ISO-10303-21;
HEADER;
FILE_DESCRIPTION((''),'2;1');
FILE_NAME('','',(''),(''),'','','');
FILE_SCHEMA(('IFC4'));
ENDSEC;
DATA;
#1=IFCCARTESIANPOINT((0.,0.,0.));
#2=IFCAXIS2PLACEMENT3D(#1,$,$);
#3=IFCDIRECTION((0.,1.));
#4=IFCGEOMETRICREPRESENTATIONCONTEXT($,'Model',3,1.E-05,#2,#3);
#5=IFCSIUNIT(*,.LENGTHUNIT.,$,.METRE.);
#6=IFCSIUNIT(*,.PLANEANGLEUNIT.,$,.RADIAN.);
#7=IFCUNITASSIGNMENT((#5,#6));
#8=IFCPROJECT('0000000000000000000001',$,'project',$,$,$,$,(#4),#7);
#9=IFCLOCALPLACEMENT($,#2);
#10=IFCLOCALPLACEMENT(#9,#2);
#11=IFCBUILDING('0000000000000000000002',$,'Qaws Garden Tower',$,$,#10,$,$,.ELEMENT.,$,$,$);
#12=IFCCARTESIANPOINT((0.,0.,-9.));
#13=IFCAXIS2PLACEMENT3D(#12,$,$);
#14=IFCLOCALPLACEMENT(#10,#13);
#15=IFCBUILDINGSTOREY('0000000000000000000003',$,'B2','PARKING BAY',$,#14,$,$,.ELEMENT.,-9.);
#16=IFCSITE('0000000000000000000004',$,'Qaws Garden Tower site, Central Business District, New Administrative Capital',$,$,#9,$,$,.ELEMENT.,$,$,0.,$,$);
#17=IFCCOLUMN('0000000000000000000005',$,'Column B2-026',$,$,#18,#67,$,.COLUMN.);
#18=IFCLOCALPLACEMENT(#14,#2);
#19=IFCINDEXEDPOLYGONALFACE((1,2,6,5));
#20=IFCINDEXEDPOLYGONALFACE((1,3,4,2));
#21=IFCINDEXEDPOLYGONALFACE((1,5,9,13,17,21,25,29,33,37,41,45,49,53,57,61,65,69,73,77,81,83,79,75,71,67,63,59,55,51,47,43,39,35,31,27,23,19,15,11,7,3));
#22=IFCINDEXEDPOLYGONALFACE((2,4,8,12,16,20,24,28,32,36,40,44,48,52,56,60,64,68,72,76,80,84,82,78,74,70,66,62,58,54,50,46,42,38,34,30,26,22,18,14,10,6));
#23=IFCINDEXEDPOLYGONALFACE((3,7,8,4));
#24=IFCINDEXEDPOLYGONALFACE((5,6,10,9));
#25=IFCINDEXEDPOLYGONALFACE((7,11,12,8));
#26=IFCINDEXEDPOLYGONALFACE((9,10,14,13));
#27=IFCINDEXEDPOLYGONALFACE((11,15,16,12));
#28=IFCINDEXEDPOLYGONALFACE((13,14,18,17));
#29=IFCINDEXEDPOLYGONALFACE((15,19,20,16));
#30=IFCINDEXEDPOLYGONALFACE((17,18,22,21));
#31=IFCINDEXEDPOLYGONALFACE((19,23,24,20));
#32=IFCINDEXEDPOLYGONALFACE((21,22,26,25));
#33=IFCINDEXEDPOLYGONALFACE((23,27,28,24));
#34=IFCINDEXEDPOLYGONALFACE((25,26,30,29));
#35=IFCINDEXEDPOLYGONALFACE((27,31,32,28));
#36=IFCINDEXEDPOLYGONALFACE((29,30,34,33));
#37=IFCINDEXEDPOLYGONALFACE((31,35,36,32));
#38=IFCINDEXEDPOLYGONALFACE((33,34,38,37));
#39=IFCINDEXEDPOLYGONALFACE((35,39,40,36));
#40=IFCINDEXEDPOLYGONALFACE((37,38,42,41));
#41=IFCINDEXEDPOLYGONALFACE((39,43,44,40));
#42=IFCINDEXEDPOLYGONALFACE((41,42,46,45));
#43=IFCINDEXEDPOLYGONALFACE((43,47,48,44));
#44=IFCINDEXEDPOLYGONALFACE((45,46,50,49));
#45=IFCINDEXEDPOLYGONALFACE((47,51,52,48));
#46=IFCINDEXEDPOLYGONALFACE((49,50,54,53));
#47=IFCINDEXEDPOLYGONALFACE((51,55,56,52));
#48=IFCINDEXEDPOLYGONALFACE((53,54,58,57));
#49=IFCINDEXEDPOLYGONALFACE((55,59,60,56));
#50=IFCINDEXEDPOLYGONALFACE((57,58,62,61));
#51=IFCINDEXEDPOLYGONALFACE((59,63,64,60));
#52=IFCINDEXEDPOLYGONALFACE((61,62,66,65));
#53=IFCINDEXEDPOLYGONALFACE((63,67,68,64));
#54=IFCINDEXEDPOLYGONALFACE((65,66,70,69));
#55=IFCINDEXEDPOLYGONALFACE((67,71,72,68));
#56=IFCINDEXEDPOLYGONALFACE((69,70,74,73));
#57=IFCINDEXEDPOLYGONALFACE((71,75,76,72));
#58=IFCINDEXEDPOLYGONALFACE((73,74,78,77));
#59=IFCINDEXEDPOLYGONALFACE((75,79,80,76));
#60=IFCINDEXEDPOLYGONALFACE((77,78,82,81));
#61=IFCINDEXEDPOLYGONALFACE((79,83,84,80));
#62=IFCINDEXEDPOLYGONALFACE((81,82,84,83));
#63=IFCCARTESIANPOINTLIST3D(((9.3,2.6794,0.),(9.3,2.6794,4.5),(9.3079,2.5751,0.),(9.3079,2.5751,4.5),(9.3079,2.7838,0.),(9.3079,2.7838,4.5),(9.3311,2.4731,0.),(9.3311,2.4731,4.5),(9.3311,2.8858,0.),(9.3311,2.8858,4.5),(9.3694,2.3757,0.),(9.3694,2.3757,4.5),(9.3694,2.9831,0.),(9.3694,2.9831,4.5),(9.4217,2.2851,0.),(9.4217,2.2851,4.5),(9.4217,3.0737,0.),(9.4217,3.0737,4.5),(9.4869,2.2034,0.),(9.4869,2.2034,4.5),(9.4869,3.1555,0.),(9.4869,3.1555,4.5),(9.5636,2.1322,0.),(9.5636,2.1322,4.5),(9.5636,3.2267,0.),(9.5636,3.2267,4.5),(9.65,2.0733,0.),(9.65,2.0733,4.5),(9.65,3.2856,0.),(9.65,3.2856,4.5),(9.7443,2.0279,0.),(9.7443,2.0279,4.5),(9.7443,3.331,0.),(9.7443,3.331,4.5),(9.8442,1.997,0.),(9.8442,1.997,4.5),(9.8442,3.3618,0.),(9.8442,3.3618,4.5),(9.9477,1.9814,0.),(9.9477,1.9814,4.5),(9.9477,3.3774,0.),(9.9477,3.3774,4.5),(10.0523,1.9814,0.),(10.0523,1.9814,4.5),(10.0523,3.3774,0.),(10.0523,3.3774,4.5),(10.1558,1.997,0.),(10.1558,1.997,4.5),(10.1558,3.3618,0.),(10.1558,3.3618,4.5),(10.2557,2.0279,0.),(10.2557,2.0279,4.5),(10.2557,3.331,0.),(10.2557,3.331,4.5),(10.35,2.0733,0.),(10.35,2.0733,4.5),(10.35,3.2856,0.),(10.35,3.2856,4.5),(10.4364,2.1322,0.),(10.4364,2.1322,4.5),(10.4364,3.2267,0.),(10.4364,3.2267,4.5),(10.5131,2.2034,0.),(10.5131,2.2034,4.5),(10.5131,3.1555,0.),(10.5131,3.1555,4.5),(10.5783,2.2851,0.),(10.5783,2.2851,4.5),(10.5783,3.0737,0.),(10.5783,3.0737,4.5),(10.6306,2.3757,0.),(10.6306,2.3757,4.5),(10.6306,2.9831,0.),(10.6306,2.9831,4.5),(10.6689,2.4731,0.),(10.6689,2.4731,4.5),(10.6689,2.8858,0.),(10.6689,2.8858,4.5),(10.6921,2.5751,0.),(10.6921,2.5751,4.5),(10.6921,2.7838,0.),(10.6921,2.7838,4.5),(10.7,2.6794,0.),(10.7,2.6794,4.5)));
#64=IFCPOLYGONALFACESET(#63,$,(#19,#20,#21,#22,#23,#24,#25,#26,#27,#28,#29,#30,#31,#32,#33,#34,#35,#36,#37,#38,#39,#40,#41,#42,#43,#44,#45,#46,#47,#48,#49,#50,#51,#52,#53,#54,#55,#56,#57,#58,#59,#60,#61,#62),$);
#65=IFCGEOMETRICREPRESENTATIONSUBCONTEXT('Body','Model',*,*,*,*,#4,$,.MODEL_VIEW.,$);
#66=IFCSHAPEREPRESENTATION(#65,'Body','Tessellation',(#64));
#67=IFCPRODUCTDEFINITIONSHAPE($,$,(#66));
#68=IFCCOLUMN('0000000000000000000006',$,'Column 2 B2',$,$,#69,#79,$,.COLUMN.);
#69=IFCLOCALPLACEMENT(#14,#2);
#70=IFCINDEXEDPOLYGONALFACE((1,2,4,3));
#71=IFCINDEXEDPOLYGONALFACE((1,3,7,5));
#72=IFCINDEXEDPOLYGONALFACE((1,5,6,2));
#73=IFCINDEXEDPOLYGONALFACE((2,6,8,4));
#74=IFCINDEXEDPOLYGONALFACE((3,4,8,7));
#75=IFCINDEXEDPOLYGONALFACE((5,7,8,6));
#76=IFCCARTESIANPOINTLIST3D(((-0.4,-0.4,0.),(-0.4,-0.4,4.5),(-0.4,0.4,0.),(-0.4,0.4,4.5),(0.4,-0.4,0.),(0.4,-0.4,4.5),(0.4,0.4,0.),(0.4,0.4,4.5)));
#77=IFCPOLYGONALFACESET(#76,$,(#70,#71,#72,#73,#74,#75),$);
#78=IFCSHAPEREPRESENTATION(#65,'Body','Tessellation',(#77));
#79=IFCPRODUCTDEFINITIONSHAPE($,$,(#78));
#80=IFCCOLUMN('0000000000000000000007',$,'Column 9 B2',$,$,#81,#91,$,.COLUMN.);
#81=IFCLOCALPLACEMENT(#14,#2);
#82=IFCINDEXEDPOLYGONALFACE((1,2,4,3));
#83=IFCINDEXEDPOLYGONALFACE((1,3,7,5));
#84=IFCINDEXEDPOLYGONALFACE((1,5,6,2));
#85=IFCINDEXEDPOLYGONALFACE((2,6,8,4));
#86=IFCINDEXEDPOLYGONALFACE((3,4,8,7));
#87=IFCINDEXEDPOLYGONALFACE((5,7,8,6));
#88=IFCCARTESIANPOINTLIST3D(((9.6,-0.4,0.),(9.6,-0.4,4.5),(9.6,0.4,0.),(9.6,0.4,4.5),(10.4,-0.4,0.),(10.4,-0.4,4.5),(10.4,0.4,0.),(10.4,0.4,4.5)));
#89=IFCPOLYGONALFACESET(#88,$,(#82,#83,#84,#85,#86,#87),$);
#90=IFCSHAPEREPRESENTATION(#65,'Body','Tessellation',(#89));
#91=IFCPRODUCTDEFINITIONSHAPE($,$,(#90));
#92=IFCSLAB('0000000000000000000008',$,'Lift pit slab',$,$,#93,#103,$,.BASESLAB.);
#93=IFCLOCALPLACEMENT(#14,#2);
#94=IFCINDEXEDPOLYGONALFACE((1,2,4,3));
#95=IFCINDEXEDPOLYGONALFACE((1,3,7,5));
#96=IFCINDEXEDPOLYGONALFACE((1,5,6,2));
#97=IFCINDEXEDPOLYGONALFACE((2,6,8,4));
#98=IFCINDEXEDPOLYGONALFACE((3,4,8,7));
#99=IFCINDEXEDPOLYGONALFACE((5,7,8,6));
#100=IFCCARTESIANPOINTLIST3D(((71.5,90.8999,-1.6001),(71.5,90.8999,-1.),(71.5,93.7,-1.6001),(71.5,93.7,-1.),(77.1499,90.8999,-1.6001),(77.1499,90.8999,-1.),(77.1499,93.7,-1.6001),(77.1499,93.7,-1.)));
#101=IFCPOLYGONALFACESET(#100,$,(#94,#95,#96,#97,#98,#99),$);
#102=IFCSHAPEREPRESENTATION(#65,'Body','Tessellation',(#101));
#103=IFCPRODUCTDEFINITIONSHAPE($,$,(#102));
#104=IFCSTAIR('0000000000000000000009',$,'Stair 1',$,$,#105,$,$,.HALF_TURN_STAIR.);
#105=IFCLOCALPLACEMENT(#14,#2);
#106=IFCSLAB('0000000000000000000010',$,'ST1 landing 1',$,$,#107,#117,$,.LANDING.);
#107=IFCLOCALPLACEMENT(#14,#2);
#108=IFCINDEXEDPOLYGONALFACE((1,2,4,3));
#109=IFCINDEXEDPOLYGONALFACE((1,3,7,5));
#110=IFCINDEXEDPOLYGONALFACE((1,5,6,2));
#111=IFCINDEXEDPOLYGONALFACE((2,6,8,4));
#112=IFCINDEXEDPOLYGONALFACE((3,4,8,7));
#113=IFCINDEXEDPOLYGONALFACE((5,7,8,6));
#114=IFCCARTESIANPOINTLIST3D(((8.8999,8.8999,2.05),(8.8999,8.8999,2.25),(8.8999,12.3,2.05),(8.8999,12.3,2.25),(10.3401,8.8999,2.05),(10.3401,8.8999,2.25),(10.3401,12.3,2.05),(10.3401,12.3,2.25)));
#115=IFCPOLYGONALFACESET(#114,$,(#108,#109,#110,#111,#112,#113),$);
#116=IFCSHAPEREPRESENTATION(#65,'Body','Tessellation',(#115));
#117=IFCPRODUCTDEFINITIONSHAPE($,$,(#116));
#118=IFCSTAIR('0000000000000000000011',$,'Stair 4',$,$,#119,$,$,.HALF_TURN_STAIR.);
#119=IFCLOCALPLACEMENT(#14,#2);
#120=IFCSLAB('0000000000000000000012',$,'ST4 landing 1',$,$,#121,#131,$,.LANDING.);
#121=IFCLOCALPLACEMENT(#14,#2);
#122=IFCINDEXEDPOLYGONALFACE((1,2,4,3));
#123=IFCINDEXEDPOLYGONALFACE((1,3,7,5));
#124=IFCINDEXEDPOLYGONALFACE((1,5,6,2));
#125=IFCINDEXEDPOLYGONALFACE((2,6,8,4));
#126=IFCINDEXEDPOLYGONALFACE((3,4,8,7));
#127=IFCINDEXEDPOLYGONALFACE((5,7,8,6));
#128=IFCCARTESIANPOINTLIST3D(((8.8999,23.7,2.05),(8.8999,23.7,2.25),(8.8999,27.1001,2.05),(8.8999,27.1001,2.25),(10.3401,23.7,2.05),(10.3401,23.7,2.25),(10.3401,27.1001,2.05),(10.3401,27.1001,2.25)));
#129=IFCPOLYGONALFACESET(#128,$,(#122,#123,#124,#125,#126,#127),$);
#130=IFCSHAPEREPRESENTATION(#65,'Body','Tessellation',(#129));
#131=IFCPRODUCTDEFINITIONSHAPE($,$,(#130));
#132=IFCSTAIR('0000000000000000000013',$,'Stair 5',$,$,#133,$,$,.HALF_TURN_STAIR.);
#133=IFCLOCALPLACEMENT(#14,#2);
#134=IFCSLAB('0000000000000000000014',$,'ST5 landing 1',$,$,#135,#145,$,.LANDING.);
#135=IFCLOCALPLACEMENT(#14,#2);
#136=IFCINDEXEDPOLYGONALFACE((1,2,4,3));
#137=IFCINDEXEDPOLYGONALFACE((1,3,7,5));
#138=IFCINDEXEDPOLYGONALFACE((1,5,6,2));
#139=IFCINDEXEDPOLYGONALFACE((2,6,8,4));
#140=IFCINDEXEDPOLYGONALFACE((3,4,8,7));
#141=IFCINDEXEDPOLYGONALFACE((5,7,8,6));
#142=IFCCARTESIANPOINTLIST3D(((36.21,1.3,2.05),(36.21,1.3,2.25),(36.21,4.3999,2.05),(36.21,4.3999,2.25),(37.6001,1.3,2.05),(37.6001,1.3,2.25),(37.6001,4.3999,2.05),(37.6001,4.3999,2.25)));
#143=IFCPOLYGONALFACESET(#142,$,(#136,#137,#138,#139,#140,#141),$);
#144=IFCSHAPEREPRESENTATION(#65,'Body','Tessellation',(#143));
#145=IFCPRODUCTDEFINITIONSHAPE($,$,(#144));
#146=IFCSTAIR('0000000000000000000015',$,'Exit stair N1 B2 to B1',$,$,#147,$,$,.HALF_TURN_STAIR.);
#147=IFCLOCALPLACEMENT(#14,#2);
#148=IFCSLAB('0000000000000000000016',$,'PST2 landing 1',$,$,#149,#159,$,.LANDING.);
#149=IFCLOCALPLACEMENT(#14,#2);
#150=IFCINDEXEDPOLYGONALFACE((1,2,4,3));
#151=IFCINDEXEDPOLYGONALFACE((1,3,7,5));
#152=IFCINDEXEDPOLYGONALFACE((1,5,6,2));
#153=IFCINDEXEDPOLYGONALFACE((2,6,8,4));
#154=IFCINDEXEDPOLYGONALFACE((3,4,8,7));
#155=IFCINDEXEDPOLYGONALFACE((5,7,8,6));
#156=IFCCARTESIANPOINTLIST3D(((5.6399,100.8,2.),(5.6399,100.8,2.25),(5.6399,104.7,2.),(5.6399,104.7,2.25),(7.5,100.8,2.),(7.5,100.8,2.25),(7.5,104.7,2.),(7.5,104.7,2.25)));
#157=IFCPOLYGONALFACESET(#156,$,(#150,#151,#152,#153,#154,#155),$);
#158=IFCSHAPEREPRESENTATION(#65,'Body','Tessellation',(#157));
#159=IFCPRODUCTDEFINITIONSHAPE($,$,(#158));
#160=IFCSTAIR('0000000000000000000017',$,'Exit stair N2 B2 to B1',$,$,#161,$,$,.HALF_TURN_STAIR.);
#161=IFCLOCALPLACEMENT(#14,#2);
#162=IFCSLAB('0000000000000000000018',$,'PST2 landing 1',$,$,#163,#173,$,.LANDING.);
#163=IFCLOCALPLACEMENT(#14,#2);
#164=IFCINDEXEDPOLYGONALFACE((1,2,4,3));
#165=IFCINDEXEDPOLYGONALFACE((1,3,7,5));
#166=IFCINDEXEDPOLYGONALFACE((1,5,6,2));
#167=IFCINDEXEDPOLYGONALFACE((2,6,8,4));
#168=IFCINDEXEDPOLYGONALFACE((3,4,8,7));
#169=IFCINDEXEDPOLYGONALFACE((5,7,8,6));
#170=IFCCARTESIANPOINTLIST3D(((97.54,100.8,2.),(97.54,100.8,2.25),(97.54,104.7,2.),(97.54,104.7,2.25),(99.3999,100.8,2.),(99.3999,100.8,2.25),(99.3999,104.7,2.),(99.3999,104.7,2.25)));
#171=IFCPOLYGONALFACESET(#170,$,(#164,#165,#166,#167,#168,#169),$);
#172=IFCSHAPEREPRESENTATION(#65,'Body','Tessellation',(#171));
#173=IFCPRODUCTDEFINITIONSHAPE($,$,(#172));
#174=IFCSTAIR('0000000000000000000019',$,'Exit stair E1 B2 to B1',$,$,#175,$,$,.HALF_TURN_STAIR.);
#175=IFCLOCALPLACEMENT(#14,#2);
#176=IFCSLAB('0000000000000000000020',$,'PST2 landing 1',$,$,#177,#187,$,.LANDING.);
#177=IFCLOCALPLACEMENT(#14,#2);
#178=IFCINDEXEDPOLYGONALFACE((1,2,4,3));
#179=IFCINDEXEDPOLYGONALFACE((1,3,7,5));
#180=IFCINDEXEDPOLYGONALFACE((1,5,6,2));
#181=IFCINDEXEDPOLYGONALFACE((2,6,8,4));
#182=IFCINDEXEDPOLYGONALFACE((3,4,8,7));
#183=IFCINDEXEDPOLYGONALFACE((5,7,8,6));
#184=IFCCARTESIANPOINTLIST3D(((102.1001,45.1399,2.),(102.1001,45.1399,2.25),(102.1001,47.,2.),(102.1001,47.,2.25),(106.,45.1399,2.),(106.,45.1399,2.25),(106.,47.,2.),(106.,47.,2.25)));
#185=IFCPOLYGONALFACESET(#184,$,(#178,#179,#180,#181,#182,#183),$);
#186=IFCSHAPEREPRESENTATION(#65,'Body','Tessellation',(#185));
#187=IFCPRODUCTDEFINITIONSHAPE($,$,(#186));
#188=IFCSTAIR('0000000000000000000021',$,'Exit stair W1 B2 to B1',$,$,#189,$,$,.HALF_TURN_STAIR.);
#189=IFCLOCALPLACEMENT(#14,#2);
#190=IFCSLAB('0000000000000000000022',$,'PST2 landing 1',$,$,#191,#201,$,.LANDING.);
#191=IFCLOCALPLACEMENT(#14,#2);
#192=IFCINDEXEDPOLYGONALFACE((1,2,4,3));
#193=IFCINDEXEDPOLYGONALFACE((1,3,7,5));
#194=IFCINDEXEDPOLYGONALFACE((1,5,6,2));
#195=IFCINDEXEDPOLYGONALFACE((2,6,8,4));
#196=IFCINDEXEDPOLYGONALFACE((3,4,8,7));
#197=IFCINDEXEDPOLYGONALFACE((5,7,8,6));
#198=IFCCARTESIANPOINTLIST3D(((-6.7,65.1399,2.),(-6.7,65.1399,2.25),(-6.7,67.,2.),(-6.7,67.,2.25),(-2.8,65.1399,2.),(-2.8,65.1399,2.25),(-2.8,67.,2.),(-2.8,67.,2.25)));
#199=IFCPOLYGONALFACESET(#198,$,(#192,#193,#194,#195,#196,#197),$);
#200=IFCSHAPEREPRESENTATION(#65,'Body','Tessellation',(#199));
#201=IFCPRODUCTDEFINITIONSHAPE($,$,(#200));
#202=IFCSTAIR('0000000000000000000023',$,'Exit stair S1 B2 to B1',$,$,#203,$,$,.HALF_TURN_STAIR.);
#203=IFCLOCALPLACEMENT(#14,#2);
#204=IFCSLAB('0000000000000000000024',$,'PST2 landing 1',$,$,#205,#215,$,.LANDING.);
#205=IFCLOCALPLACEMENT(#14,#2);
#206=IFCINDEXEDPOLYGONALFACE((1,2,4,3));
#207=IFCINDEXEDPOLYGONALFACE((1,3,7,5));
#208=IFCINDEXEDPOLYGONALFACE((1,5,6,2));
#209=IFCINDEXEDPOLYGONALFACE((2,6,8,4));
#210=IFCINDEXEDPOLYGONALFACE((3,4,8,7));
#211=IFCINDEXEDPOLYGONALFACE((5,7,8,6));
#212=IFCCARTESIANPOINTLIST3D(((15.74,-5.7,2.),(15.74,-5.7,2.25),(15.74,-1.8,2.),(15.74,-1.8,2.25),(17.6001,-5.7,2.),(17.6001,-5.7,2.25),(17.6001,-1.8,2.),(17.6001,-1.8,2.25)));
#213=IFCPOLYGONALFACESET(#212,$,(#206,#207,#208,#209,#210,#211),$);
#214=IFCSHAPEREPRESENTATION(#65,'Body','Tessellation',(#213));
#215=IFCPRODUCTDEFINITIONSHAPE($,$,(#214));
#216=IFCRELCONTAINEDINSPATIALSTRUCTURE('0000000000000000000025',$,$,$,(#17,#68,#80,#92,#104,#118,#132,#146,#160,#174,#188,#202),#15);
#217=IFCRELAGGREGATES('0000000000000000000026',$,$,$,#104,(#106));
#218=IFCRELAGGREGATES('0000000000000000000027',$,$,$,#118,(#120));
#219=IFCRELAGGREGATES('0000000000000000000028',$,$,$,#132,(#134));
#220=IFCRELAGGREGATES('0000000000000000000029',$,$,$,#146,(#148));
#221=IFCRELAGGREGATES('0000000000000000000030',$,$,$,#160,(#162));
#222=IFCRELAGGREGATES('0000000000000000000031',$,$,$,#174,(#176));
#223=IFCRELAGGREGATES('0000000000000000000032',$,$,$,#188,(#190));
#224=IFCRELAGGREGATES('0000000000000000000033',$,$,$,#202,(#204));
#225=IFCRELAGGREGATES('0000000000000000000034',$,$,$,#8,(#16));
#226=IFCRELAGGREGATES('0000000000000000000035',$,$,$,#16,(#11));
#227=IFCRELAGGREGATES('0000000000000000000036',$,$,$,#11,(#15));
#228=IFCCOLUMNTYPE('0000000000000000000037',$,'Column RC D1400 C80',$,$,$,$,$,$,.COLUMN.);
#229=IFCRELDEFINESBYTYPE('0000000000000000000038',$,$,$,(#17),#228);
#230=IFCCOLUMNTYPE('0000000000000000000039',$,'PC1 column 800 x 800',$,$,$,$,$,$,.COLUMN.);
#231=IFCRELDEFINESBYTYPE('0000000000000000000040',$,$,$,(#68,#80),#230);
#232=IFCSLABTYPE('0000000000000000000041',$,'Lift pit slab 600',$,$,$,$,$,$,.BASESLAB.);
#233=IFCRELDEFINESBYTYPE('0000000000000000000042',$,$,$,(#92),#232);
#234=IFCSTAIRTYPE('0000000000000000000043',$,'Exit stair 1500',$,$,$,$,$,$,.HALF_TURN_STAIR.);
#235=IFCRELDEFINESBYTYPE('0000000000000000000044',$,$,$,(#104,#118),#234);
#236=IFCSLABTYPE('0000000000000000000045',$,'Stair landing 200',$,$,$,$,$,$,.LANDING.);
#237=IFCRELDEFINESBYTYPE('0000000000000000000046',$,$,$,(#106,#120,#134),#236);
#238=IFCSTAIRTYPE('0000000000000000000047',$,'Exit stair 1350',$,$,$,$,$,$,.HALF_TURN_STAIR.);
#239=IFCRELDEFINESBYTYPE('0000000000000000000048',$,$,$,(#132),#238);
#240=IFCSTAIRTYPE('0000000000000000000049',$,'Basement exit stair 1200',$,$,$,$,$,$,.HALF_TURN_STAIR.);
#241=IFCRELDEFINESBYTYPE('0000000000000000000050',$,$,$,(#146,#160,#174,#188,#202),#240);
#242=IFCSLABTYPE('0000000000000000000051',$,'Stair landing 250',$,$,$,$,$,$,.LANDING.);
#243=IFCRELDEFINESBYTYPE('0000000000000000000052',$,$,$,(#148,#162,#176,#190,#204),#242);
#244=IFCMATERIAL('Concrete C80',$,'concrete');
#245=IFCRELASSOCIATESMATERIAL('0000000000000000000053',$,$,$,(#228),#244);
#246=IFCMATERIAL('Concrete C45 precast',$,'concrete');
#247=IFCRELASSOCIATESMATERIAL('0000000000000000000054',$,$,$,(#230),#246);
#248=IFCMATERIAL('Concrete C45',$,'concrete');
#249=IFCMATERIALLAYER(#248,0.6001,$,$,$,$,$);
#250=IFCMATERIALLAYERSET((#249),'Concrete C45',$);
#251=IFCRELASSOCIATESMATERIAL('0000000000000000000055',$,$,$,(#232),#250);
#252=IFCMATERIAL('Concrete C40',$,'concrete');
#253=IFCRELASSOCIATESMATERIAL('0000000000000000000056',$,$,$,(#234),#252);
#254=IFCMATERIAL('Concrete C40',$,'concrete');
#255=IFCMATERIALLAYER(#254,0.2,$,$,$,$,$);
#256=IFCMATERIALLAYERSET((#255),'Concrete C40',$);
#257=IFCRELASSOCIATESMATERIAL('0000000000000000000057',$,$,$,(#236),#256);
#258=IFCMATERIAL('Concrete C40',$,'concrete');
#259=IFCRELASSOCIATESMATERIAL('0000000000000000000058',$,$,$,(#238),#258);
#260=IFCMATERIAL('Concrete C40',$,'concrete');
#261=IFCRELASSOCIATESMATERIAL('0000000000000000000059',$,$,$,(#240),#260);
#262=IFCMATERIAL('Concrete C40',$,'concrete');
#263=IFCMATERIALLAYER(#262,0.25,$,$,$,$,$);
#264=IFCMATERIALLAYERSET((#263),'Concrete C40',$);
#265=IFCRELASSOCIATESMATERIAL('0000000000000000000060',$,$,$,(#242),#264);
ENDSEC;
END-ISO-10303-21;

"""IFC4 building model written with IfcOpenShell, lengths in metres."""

from ifc_helpers import new_model, si_unit, direction, frame, origin, origin_2d, place, context, subcontext, project, spatial, polyline, rectangle, circle, outline, extrude, material, layer, layer_set, material_profile, profile_set, type_object, element, aggregate, save


model = new_model("IFC4")

# Units and contexts
model_context = context("Model", 3, precision=1e-05, world=origin(), true_north=direction((0.0, 1.0)))
body_context = subcontext(model_context, "Body", "Model", "MODEL_VIEW")
ifc_project = project(units=[si_unit("LENGTHUNIT", "METRE"), si_unit("PLANEANGLEUNIT", "RADIAN")], contexts=[model_context])

# Site, building, storey
site_placement = place(None, origin())
site = spatial("IfcSite", under=ifc_project, at=site_placement, Name="Qaws Garden Tower site, Central Business District, New Administrative Capital", CompositionType="ELEMENT", RefElevation=0.0)
building_placement = place(site_placement, origin())
building = spatial("IfcBuilding", under=site, at=building_placement, Name="Qaws Garden Tower", CompositionType="ELEMENT")
storey_placement = place(building_placement, frame((0.0, 0.0, -9.0)))
storey = spatial("IfcBuildingStorey", under=building, at=storey_placement, Name="B2", Description="PARKING BAY", CompositionType="ELEMENT", Elevation=-9.0)

# Columns
ifc_material_1 = material(Name="Concrete C80", Category="concrete")
ifc_material_profile_1 = material_profile(ifc_material_1, circle(Radius=0.7, at=origin_2d()), Name="RC D1400")
ifc_profile_set_1 = profile_set([ifc_material_profile_1], Name="Concrete C80")
column_type_1 = type_object("IfcColumnType", Name="Column RC D1400 C80", PredefinedType="COLUMN", material=ifc_profile_set_1)
column_placement = place(storey_placement, frame((10.0, 2.6794, 0.0), z_axis=(0.0, 0.0, 1.0), x_axis=(1.0, 0.0, 0.0)))
element("IfcColumn", 1, at=column_placement, inside=storey, type_object=column_type_1, Name="Column B2-026", PredefinedType="COLUMN", context=body_context, shape_type="SweptSolid", body=[
    extrude(circle(Radius=0.7, at=origin_2d()), origin(), (0.0, 0.0, 1.0), 4.5),
])
ifc_material_2 = material(Name="Concrete C45 precast", Category="concrete")
ifc_material_profile_2 = material_profile(ifc_material_2, rectangle(XDim=0.8, YDim=0.8, at=origin_2d()), Name="PC1 column 800 x 800")
ifc_profile_set_2 = profile_set([ifc_material_profile_2], Name="Concrete C45 precast")
column_type_2 = type_object("IfcColumnType", Name="PC1 column 800 x 800", PredefinedType="COLUMN", material=ifc_profile_set_2)
for number, where, z_axis, x_axis, name in (
    (2, (0.0, 0.0, 0.0), (0.0, 0.0, 1.0), (1.0, 0.0, 0.0), "Column 2 B2"),
    (3, (10.0, 0.0, 0.0), (0.0, 0.0, 1.0), (1.0, 0.0, 0.0), "Column 9 B2"),
):
    element("IfcColumn", number, at=place(storey_placement, frame(where, z_axis=z_axis, x_axis=x_axis)), inside=storey, type_object=column_type_2, Name=name, PredefinedType="COLUMN", context=body_context, shape_type="SweptSolid", body=[
        extrude(rectangle(XDim=0.8, YDim=0.8, at=origin_2d()), origin(), (0.0, 0.0, 1.0), 4.5),
    ])

# Slab
ifc_material_3 = material(Name="Concrete C45", Category="concrete")
ifc_layer_1 = layer(ifc_material_3, 0.6001)
ifc_layer_set_1 = layer_set([ifc_layer_1], Name="Concrete C45")
slab_type_1 = type_object("IfcSlabType", Name="Lift pit slab 600", PredefinedType="BASESLAB", material=ifc_layer_set_1)
slab_1_placement = place(storey_placement, frame((0.0, 0.0, -1.6001)))
element("IfcSlab", 4, at=slab_1_placement, inside=storey, type_object=slab_type_1, Name="Lift pit slab", PredefinedType="BASESLAB", context=body_context, shape_type="SweptSolid", body=[
    extrude(outline(polyline([(71.5, 90.8999), (77.1499, 90.8999), (77.1499, 93.7), (71.5, 93.7), (71.5, 90.8999)])), origin(), (0.0, 0.0, 1.0), 0.6001),
])

# Stairs, slabs
ifc_material_4 = material(Name="Concrete C40", Category="concrete")
stair_type_1 = type_object("IfcStairType", Name="Exit stair 1500", PredefinedType="HALF_TURN_STAIR", material=ifc_material_4)
placement_1 = place(storey_placement, origin())
stair_1 = element("IfcStair", 5, at=placement_1, inside=storey, type_object=stair_type_1, Name="Stair 1", PredefinedType="HALF_TURN_STAIR")
ifc_material_5 = material(Name="Concrete C40", Category="concrete")
ifc_layer_2 = layer(ifc_material_5, 0.2)
ifc_layer_set_2 = layer_set([ifc_layer_2], Name="Concrete C40")
slab_type_2 = type_object("IfcSlabType", Name="Stair landing 200", PredefinedType="LANDING", material=ifc_layer_set_2)
placement_2 = place(storey_placement, frame((0.0, 0.0, 2.05)))
slab_2 = element("IfcSlab", 6, at=placement_2, type_object=slab_type_2, Name="ST1 landing 1", PredefinedType="LANDING", context=body_context, shape_type="SweptSolid", body=[
    extrude(outline(polyline([(8.8999, 8.8999), (10.3401, 8.8999), (10.3401, 12.3), (8.8999, 12.3), (8.8999, 8.8999)])), origin(), (0.0, 0.0, 1.0), 0.2),
])
aggregate(stair_1, [slab_2])
stair_2 = element("IfcStair", 7, at=placement_1, inside=storey, type_object=stair_type_1, Name="Stair 4", PredefinedType="HALF_TURN_STAIR")
slab_3 = element("IfcSlab", 8, at=placement_2, type_object=slab_type_2, Name="ST4 landing 1", PredefinedType="LANDING", context=body_context, shape_type="SweptSolid", body=[
    extrude(outline(polyline([(8.8999, 23.7), (10.3401, 23.7), (10.3401, 27.1001), (8.8999, 27.1001), (8.8999, 23.7)])), origin(), (0.0, 0.0, 1.0), 0.2),
])
aggregate(stair_2, [slab_3])
ifc_material_6 = material(Name="Concrete C40", Category="concrete")
stair_type_2 = type_object("IfcStairType", Name="Exit stair 1350", PredefinedType="HALF_TURN_STAIR", material=ifc_material_6)
stair_3 = element("IfcStair", 9, at=placement_1, inside=storey, type_object=stair_type_2, Name="Stair 5", PredefinedType="HALF_TURN_STAIR")
slab_4 = element("IfcSlab", 10, at=placement_2, type_object=slab_type_2, Name="ST5 landing 1", PredefinedType="LANDING", context=body_context, shape_type="SweptSolid", body=[
    extrude(outline(polyline([(36.21, 1.3), (37.6001, 1.3), (37.6001, 4.3999), (36.21, 4.3999), (36.21, 1.3)])), origin(), (0.0, 0.0, 1.0), 0.2),
])
aggregate(stair_3, [slab_4])
ifc_material_7 = material(Name="Concrete C40", Category="concrete")
stair_type_3 = type_object("IfcStairType", Name="Basement exit stair 1200", PredefinedType="HALF_TURN_STAIR", material=ifc_material_7)
stair_4 = element("IfcStair", 11, at=placement_1, inside=storey, type_object=stair_type_3, Name="Exit stair N1 B2 to B1", PredefinedType="HALF_TURN_STAIR")
ifc_material_8 = material(Name="Concrete C40", Category="concrete")
ifc_layer_3 = layer(ifc_material_8, 0.25)
ifc_layer_set_3 = layer_set([ifc_layer_3], Name="Concrete C40")
slab_type_3 = type_object("IfcSlabType", Name="Stair landing 250", PredefinedType="LANDING", material=ifc_layer_set_3)
placement_3 = place(storey_placement, frame((0.0, 0.0, 2.0)))
slab_5 = element("IfcSlab", 12, at=placement_3, type_object=slab_type_3, Name="PST2 landing 1", PredefinedType="LANDING", context=body_context, shape_type="SweptSolid", body=[
    extrude(outline(polyline([(5.6399, 100.8), (7.5, 100.8), (7.5, 104.7), (5.6399, 104.7), (5.6399, 100.8)])), origin(), (0.0, 0.0, 1.0), 0.25),
])
aggregate(stair_4, [slab_5])
stair_5 = element("IfcStair", 13, at=placement_1, inside=storey, type_object=stair_type_3, Name="Exit stair N2 B2 to B1", PredefinedType="HALF_TURN_STAIR")
slab_6 = element("IfcSlab", 14, at=placement_3, type_object=slab_type_3, Name="PST2 landing 1", PredefinedType="LANDING", context=body_context, shape_type="SweptSolid", body=[
    extrude(outline(polyline([(97.54, 100.8), (99.3999, 100.8), (99.3999, 104.7), (97.54, 104.7), (97.54, 100.8)])), origin(), (0.0, 0.0, 1.0), 0.25),
])
aggregate(stair_5, [slab_6])
stair_6 = element("IfcStair", 15, at=placement_1, inside=storey, type_object=stair_type_3, Name="Exit stair E1 B2 to B1", PredefinedType="HALF_TURN_STAIR")
slab_7 = element("IfcSlab", 16, at=placement_3, type_object=slab_type_3, Name="PST2 landing 1", PredefinedType="LANDING", context=body_context, shape_type="SweptSolid", body=[
    extrude(outline(polyline([(102.1001, 45.1399), (102.1001, 47.0), (106.0, 47.0), (106.0, 45.1399), (102.1001, 45.1399)])), origin(), (0.0, 0.0, 1.0), 0.25),
])
aggregate(stair_6, [slab_7])
stair_7 = element("IfcStair", 17, at=placement_1, inside=storey, type_object=stair_type_3, Name="Exit stair W1 B2 to B1", PredefinedType="HALF_TURN_STAIR")
slab_8 = element("IfcSlab", 18, at=placement_3, type_object=slab_type_3, Name="PST2 landing 1", PredefinedType="LANDING", context=body_context, shape_type="SweptSolid", body=[
    extrude(outline(polyline([(-2.8, 65.1399), (-2.8, 67.0), (-6.7, 67.0), (-6.7, 65.1399), (-2.8, 65.1399)])), origin(), (0.0, 0.0, 1.0), 0.25),
])
aggregate(stair_7, [slab_8])
stair_8 = element("IfcStair", 19, at=placement_1, inside=storey, type_object=stair_type_3, Name="Exit stair S1 B2 to B1", PredefinedType="HALF_TURN_STAIR")
slab_9 = element("IfcSlab", 20, at=placement_3, type_object=slab_type_3, Name="PST2 landing 1", PredefinedType="LANDING", context=body_context, shape_type="SweptSolid", body=[
    extrude(outline(polyline([(15.74, -1.8), (17.6001, -1.8), (17.6001, -5.7), (15.74, -5.7), (15.74, -1.8)])), origin(), (0.0, 0.0, 1.0), 0.25),
])
aggregate(stair_8, [slab_9])

save(model, "model.ifc")
